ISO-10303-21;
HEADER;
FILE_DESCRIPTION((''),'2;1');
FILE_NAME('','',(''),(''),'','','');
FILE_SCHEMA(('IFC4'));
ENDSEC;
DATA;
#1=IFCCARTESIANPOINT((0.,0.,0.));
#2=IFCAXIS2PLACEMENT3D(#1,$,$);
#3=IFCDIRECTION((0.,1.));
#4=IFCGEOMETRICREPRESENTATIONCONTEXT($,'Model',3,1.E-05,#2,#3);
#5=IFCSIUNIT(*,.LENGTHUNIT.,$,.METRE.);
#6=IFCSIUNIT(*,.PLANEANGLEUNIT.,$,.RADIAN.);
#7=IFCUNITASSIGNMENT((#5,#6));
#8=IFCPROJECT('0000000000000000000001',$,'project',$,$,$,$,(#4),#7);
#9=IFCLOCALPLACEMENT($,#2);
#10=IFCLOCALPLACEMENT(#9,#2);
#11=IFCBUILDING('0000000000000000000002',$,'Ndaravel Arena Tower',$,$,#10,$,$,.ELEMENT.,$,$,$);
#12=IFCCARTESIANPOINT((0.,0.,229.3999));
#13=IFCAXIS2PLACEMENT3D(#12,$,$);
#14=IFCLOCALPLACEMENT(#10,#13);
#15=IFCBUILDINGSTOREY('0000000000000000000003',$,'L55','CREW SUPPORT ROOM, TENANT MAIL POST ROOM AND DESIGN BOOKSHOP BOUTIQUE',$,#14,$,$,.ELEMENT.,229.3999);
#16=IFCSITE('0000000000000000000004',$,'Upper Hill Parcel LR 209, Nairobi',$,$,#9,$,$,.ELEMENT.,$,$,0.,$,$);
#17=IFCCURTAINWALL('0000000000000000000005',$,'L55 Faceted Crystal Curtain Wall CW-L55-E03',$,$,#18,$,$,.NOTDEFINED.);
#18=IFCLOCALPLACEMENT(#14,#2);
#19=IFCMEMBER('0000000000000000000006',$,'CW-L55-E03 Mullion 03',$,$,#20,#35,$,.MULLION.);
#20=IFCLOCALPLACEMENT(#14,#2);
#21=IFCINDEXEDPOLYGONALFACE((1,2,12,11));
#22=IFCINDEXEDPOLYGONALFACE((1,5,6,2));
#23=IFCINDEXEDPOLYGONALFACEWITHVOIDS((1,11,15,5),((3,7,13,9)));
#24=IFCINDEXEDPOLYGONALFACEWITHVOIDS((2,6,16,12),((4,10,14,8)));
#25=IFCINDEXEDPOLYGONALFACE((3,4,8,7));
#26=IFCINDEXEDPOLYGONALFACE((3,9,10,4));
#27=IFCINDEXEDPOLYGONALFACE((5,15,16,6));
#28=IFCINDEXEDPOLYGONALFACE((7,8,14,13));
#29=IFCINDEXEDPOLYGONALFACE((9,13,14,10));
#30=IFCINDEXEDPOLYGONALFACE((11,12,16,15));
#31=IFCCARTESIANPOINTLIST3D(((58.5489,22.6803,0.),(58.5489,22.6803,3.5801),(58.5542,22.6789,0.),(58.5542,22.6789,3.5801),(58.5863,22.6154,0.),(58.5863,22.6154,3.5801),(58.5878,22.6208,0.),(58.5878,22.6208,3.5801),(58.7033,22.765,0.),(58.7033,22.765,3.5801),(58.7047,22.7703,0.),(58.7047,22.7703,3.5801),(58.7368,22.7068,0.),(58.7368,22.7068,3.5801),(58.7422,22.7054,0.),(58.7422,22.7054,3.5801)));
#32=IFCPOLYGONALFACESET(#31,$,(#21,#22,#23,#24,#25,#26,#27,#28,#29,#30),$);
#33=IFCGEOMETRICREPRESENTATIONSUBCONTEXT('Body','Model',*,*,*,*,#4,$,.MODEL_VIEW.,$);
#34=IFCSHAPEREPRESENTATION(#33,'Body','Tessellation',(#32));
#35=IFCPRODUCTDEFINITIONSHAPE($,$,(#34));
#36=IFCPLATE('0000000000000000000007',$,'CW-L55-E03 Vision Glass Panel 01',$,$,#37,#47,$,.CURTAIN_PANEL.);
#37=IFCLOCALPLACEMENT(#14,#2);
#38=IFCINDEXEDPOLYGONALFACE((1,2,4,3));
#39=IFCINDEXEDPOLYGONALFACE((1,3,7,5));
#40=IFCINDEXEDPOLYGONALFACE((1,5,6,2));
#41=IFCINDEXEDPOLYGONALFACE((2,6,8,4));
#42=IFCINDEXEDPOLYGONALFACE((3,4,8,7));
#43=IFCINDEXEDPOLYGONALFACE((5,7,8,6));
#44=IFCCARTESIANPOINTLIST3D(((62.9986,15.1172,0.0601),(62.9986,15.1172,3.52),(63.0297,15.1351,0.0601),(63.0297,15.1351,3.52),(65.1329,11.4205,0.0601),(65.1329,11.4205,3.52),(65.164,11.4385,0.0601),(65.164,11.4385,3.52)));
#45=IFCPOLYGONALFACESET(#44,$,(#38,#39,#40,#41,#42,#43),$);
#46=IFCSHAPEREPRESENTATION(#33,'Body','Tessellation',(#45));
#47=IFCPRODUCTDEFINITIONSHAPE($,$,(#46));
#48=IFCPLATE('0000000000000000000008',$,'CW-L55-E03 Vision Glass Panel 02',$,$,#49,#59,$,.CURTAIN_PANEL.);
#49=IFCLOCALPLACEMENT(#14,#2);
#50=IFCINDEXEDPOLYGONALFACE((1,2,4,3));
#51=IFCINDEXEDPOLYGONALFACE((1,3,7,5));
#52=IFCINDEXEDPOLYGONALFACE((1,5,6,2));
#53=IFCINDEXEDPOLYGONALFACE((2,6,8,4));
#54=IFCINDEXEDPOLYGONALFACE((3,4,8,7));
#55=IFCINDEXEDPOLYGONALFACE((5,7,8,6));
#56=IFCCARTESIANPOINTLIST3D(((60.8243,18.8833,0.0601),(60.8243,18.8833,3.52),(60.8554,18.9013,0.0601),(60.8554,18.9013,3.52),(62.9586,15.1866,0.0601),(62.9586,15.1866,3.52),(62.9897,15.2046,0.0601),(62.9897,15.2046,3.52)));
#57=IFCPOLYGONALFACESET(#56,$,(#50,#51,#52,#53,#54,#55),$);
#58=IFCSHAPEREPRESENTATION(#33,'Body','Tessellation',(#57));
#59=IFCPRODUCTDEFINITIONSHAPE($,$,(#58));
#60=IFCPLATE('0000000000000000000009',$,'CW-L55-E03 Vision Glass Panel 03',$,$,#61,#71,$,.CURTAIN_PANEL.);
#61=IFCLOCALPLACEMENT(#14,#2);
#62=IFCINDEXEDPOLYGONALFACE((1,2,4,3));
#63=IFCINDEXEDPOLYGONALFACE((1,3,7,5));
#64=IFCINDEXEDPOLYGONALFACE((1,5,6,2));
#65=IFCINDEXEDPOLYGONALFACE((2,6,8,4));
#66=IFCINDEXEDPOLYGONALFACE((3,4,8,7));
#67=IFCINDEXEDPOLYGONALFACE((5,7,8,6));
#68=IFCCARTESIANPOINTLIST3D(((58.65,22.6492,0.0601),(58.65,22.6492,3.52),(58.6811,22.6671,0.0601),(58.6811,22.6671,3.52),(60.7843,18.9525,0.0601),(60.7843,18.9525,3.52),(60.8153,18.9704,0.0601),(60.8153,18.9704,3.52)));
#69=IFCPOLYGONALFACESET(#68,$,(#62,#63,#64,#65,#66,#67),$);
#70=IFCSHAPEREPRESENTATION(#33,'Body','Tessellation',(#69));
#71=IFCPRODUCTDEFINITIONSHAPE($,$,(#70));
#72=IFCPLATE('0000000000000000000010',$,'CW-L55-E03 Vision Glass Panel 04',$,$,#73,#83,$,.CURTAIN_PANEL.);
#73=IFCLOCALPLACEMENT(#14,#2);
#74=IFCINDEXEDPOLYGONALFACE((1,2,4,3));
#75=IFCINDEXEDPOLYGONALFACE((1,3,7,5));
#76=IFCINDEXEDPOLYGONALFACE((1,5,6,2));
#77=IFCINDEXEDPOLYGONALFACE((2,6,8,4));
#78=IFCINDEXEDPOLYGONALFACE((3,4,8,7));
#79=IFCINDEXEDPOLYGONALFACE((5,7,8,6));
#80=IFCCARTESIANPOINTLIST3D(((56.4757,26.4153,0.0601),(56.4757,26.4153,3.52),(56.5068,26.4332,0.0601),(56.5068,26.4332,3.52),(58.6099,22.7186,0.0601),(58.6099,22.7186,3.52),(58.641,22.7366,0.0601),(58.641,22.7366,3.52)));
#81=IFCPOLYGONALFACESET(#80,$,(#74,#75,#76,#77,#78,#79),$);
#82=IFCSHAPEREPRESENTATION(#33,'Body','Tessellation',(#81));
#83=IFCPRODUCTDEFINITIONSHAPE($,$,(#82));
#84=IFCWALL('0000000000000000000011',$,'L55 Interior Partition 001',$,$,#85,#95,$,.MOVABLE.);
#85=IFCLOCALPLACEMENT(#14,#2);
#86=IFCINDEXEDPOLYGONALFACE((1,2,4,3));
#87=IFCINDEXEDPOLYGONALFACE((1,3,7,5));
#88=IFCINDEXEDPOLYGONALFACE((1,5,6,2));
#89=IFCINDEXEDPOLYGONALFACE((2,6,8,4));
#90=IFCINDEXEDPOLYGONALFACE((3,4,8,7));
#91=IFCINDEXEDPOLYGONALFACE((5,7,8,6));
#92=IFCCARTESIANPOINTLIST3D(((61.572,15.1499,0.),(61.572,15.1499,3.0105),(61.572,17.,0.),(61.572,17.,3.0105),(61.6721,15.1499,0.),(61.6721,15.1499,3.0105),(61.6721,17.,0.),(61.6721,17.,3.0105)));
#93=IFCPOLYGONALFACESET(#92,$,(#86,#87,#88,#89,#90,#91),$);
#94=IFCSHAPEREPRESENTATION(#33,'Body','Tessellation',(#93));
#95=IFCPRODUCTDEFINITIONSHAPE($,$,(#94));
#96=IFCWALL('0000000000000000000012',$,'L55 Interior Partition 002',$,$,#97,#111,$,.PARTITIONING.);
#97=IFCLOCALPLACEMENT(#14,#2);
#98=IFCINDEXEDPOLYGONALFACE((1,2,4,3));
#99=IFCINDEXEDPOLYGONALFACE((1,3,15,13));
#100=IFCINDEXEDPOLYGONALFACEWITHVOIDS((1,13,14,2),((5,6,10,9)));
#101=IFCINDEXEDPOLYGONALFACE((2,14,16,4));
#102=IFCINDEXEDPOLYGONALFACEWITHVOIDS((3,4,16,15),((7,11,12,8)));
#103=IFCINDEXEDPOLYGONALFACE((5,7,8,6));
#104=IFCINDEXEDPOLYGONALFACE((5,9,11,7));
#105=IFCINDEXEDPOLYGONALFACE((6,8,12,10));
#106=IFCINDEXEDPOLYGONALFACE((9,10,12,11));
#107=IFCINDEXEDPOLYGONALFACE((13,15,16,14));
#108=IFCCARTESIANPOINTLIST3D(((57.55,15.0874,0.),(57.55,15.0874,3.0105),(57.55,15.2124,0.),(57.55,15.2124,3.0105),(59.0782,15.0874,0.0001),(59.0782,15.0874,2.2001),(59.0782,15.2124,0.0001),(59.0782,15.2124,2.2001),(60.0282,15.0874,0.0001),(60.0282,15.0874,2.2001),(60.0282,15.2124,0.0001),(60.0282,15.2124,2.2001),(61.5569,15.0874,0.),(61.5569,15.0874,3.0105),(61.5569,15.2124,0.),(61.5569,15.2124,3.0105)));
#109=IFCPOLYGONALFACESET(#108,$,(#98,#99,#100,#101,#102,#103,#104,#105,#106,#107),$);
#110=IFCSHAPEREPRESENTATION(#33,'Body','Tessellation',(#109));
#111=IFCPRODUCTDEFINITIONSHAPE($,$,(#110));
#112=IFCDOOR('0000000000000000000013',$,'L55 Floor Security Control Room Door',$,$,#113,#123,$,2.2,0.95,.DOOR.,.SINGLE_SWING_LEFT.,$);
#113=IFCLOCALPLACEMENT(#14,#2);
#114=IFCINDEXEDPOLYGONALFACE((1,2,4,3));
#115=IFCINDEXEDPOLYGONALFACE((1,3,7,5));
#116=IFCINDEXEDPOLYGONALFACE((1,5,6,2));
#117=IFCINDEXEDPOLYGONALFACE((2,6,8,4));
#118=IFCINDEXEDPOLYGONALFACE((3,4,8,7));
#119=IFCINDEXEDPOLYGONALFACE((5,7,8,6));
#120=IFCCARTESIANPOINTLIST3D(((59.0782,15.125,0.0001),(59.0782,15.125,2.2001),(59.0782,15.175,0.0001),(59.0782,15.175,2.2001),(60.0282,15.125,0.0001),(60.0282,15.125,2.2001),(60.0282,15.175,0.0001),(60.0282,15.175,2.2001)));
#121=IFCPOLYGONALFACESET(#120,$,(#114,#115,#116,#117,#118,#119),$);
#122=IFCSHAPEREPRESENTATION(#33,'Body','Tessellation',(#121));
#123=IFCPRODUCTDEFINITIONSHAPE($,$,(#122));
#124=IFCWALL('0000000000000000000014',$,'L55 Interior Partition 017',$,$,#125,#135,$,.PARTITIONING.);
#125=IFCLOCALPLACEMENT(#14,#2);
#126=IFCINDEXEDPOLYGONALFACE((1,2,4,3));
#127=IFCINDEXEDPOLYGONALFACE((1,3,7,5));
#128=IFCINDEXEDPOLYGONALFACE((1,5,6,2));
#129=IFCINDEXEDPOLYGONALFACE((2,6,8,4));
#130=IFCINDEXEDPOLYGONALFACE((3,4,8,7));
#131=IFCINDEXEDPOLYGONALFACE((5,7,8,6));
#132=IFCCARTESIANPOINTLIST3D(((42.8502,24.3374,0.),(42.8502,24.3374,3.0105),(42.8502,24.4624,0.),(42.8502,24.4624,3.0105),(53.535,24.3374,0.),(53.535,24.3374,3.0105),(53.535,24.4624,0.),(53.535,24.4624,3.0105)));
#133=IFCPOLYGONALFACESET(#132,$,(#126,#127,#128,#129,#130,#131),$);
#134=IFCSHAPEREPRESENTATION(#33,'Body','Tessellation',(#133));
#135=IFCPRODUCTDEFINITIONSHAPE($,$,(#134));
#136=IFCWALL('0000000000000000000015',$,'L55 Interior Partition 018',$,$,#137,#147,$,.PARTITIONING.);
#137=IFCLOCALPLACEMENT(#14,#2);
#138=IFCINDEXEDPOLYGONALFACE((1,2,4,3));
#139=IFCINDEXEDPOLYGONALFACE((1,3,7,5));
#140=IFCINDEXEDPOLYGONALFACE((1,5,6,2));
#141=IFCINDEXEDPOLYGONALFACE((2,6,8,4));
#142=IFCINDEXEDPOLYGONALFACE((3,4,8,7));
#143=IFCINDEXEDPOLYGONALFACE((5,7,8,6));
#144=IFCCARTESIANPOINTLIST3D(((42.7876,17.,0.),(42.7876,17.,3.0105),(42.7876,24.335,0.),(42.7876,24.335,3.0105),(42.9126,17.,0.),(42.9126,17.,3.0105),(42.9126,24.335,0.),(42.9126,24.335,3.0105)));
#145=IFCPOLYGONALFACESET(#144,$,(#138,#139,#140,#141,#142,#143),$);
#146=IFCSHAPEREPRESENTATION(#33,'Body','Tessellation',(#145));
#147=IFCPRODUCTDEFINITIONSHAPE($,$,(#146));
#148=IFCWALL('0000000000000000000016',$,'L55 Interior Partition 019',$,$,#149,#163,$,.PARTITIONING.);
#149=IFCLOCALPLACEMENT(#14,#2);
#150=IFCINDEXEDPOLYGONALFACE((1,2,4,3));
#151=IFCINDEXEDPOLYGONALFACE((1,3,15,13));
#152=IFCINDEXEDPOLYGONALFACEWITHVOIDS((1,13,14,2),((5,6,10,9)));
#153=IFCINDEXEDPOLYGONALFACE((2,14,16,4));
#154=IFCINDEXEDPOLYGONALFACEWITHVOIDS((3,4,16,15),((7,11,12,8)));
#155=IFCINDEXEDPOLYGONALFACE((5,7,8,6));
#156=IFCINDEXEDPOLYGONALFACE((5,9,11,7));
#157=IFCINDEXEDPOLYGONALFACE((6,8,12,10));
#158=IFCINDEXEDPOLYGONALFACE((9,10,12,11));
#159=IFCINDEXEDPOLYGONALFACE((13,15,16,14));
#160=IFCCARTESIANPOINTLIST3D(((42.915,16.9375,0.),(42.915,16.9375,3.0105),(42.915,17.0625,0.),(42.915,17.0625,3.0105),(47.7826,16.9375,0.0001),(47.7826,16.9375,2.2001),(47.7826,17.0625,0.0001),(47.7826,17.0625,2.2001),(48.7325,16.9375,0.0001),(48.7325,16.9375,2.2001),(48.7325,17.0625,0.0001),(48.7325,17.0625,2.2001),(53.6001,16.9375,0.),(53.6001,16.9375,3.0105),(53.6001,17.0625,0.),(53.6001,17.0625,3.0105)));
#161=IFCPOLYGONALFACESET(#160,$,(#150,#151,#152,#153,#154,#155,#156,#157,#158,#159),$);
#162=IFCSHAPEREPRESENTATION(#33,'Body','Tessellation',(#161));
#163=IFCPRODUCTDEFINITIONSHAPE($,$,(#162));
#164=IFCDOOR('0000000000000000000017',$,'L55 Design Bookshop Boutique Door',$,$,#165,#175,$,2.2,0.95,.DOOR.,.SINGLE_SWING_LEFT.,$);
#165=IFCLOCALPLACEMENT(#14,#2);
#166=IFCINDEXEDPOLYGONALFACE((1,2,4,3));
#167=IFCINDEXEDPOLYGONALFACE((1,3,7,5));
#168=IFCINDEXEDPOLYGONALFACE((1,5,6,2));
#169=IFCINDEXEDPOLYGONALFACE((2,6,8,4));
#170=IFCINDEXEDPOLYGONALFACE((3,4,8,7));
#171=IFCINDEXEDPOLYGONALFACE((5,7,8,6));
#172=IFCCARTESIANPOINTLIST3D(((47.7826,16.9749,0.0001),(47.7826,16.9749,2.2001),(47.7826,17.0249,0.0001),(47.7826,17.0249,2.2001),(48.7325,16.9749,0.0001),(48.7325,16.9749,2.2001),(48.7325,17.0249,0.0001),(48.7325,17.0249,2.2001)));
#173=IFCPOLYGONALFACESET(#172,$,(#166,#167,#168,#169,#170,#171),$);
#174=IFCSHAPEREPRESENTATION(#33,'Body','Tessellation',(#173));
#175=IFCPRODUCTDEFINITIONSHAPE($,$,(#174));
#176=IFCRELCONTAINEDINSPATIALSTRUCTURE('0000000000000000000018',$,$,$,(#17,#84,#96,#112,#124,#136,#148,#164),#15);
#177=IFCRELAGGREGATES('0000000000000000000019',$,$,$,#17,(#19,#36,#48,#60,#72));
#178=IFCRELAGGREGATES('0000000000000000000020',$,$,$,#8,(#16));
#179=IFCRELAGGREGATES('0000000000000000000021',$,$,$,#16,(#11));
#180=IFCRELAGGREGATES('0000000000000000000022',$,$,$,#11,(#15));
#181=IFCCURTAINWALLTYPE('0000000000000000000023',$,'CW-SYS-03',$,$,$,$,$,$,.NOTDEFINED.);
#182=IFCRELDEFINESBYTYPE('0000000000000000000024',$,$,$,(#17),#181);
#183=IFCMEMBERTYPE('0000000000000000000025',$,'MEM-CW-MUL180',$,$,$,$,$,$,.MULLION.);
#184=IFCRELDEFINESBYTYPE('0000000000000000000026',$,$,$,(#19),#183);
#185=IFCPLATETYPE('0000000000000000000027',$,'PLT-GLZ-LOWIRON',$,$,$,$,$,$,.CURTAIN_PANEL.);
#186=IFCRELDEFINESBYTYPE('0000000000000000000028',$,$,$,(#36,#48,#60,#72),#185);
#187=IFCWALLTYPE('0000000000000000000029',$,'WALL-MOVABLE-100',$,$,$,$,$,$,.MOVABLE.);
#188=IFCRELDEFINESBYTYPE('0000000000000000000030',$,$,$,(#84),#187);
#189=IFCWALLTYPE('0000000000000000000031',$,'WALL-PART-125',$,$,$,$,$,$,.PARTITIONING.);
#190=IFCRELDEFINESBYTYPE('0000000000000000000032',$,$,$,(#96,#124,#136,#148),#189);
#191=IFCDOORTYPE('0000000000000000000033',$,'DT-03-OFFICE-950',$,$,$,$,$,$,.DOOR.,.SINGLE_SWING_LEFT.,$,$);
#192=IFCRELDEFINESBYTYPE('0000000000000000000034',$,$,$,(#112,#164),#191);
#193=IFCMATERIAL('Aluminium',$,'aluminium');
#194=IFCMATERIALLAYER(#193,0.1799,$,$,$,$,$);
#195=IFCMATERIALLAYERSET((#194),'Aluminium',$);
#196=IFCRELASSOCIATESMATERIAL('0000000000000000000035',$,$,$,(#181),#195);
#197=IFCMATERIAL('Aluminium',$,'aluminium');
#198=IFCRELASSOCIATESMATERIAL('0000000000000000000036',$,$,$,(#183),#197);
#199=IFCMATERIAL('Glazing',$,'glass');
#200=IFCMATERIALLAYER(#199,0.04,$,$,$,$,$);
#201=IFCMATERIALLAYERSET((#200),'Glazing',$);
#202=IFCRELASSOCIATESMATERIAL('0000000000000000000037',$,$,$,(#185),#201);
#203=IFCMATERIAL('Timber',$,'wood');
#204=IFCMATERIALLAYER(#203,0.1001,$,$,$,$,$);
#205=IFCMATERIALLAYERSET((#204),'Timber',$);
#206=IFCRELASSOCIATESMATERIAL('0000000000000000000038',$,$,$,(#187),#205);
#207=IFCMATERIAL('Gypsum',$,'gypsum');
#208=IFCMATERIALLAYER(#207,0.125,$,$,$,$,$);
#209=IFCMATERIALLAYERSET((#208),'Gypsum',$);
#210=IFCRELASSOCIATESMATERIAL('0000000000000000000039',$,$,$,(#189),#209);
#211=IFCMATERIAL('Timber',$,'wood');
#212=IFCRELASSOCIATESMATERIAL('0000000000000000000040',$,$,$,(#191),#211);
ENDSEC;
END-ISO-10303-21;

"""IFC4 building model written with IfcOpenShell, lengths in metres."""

from ifc_helpers import new_model, si_unit, direction, frame, frame_2d, origin, origin_2d, place, context, subcontext, project, spatial, rectangle, hollow_rectangle, extrude, material, layer, layer_set, material_profile, profile_set, type_object, element, fill, aggregate, save


model = new_model("IFC4")

# Units and contexts
model_context = context("Model", 3, precision=1e-05, world=origin(), true_north=direction((0.0, 1.0)))
body_context = subcontext(model_context, "Body", "Model", "MODEL_VIEW")
ifc_project = project(units=[si_unit("LENGTHUNIT", "METRE"), si_unit("PLANEANGLEUNIT", "RADIAN")], contexts=[model_context])

# Site, building, storey
site_placement = place(None, origin())
site = spatial("IfcSite", under=ifc_project, at=site_placement, Name="Upper Hill Parcel LR 209, Nairobi", CompositionType="ELEMENT", RefElevation=0.0)
building_placement = place(site_placement, origin())
building = spatial("IfcBuilding", under=site, at=building_placement, Name="Ndaravel Arena Tower", CompositionType="ELEMENT")
storey_placement = place(building_placement, frame((0.0, 0.0, 229.3999)))
storey = spatial("IfcBuildingStorey", under=building, at=storey_placement, Name="L55", Description="CREW SUPPORT ROOM, TENANT MAIL POST ROOM AND DESIGN BOOKSHOP BOUTIQUE", CompositionType="ELEMENT", Elevation=229.3999)

# Curtain wall, member, plates
ifc_material_1 = material(Name="Aluminium", Category="aluminium")
ifc_layer_1 = layer(ifc_material_1, 0.1799)
ifc_layer_set_1 = layer_set([ifc_layer_1], Name="Aluminium")
curtain_wall_type = type_object("IfcCurtainWallType", Name="CW-SYS-03", PredefinedType="NOTDEFINED", material=ifc_layer_set_1)
curtain_wall_placement = place(storey_placement, origin())
curtain_wall = element("IfcCurtainWall", 1, at=curtain_wall_placement, inside=storey, type_object=curtain_wall_type, Name="L55 Faceted Crystal Curtain Wall CW-L55-E03", PredefinedType="NOTDEFINED")
ifc_material_2 = material(Name="Aluminium", Category="aluminium")
ifc_material_profile_1 = material_profile(ifc_material_2, hollow_rectangle(XDim=0.075, YDim=0.1799, WallThickness=0.0039, at=origin_2d()), Name="CW MULLION 75x180x4")
ifc_profile_set_1 = profile_set([ifc_material_profile_1], Name="Aluminium")
member_type = type_object("IfcMemberType", Name="MEM-CW-MUL180", PredefinedType="MULLION", material=ifc_profile_set_1)
member_1_placement = place(storey_placement, frame((58.6455, 22.6929, 0.0), z_axis=(0.0, 0.0, 1.0), x_axis=(-0.5, 0.866025, 0.0)))
member_1 = element("IfcMember", 2, at=member_1_placement, type_object=member_type, Name="CW-L55-E03 Mullion 03", PredefinedType="MULLION", context=body_context, shape_type="SweptSolid", body=[
    extrude(hollow_rectangle(XDim=0.075, YDim=0.1799, WallThickness=0.0039, at=origin_2d()), origin(), (0.0, 0.0, 1.0), 3.5801),
])
ifc_material_3 = material(Name="Glazing", Category="glass")
ifc_layer_2 = layer(ifc_material_3, 0.04)
ifc_layer_set_2 = layer_set([ifc_layer_2], Name="Glazing")
plate_type = type_object("IfcPlateType", Name="PLT-GLZ-LOWIRON", PredefinedType="CURTAIN_PANEL", material=ifc_layer_set_2)
plate_1_placement = place(storey_placement, frame((64.0813, 13.2778, 0.0601), z_axis=(0.0, 0.0, 1.0), x_axis=(-0.5, 0.866025, 0.0)))
plate_1 = element("IfcPlate", 3, at=plate_1_placement, type_object=plate_type, Name="CW-L55-E03 Vision Glass Panel 01", PredefinedType="CURTAIN_PANEL", context=body_context, shape_type="SweptSolid", body=[
    extrude(rectangle(XDim=4.2686, YDim=0.0359, at=origin_2d()), origin(), (0.0, 0.0, 1.0), 3.46),
])
plate_2_placement = place(storey_placement, frame((61.907, 17.0439, 0.0601), z_axis=(0.0, 0.0, 1.0), x_axis=(-0.5, 0.866025, 0.0)))
plate_2 = element("IfcPlate", 4, at=plate_2_placement, type_object=plate_type, Name="CW-L55-E03 Vision Glass Panel 02", PredefinedType="CURTAIN_PANEL", context=body_context, shape_type="SweptSolid", body=[
    extrude(rectangle(XDim=4.2686, YDim=0.0359, at=origin_2d()), origin(), (0.0, 0.0, 1.0), 3.46),
])
plate_3_placement = place(storey_placement, frame((59.7327, 20.8098, 0.0601), z_axis=(0.0, 0.0, 1.0), x_axis=(-0.5, 0.866025, 0.0)))
plate_3 = element("IfcPlate", 5, at=plate_3_placement, type_object=plate_type, Name="CW-L55-E03 Vision Glass Panel 03", PredefinedType="CURTAIN_PANEL", context=body_context, shape_type="SweptSolid", body=[
    extrude(rectangle(XDim=4.2686, YDim=0.0359, at=origin_2d()), origin(), (0.0, 0.0, 1.0), 3.46),
])
plate_4_placement = place(storey_placement, frame((57.5583, 24.5759, 0.0601), z_axis=(0.0, 0.0, 1.0), x_axis=(-0.5, 0.866025, 0.0)))
plate_4 = element("IfcPlate", 6, at=plate_4_placement, type_object=plate_type, Name="CW-L55-E03 Vision Glass Panel 04", PredefinedType="CURTAIN_PANEL", context=body_context, shape_type="SweptSolid", body=[
    extrude(rectangle(XDim=4.2686, YDim=0.0359, at=origin_2d()), origin(), (0.0, 0.0, 1.0), 3.46),
])
aggregate(curtain_wall, [member_1, plate_1, plate_2, plate_3, plate_4])

# Wall
ifc_material_4 = material(Name="Timber", Category="wood")
ifc_layer_3 = layer(ifc_material_4, 0.1001)
ifc_layer_set_3 = layer_set([ifc_layer_3], Name="Timber")
wall_type_1 = type_object("IfcWallType", Name="WALL-MOVABLE-100", PredefinedType="MOVABLE", material=ifc_layer_set_3)
wall_1_placement = place(storey_placement, frame((61.6221, 17.0, 0.0), z_axis=(0.0, 0.0, 1.0), x_axis=(0.0, -1.0, 0.0)))
element("IfcWall", 7, at=wall_1_placement, inside=storey, type_object=wall_type_1, Name="L55 Interior Partition 001", PredefinedType="MOVABLE", context=body_context, shape_type="SweptSolid", body=[
    extrude(rectangle(XDim=1.8501, YDim=0.1001, at=frame_2d((0.925, 0.0))), origin(), (0.0, 0.0, 1.0), 3.0105),
])

# Wall, opening, door
ifc_material_5 = material(Name="Gypsum", Category="gypsum")
ifc_layer_4 = layer(ifc_material_5, 0.125)
ifc_layer_set_4 = layer_set([ifc_layer_4], Name="Gypsum")
wall_type_2 = type_object("IfcWallType", Name="WALL-PART-125", PredefinedType="PARTITIONING", material=ifc_layer_set_4)
wall_2_placement = place(storey_placement, frame((61.5569, 15.1499, 0.0), z_axis=(0.0, 0.0, 1.0), x_axis=(-1.0, 0.0, 0.0)))
wall_2 = element("IfcWall", 8, at=wall_2_placement, inside=storey, type_object=wall_type_2, Name="L55 Interior Partition 002", PredefinedType="PARTITIONING", context=body_context, shape_type="SweptSolid", body=[
    extrude(rectangle(XDim=4.0068, YDim=0.125, at=frame_2d((2.0034, 0.0))), origin(), (0.0, 0.0, 1.0), 3.0105),
])
opening_1_placement = place(wall_2_placement, frame((1.5286, 0.0, 0.0)))
opening_1 = element("IfcOpeningElement", 9, at=opening_1_placement, cuts=wall_2, PredefinedType="OPENING", context=body_context, shape_type="SweptSolid", body=[
    extrude(rectangle(XDim=0.95, YDim=2.2, at=frame_2d((0.4751, 1.1001))), frame((0.0, 0.0625, 0.0), z_axis=(0.0, -1.0, 0.0), x_axis=(1.0, 0.0, 0.0)), (0.0, 0.0, 1.0), 0.125),
])
ifc_material_6 = material(Name="Timber", Category="wood")
door_type = type_object("IfcDoorType", Name="DT-03-OFFICE-950", OperationType="SINGLE_SWING_LEFT", PredefinedType="DOOR", material=ifc_material_6)
door_1_placement = place(opening_1_placement, origin())
door_1 = element("IfcDoor", 10, at=door_1_placement, inside=storey, type_object=door_type, Name="L55 Floor Security Control Room Door", OperationType="SINGLE_SWING_LEFT", OverallHeight=2.2, OverallWidth=0.95, PredefinedType="DOOR", context=body_context, shape_type="SweptSolid", body=[
    extrude(rectangle(XDim=0.95, YDim=2.2, at=frame_2d((0.4751, 1.1001))), frame((0.0, 0.0249, 0.0), z_axis=(0.0, -1.0, 0.0), x_axis=(1.0, 0.0, 0.0)), (0.0, 0.0, 1.0), 0.05),
])
fill(opening_1, door_1)

# Walls
wall_3_placement = place(storey_placement, frame((53.5349, 24.3999, 0.0), z_axis=(0.0, 0.0, 1.0), x_axis=(-1.0, 0.0, 0.0)))
element("IfcWall", 11, at=wall_3_placement, inside=storey, type_object=wall_type_2, Name="L55 Interior Partition 017", PredefinedType="PARTITIONING", context=body_context, shape_type="SweptSolid", body=[
    extrude(rectangle(XDim=10.6848, YDim=0.125, at=frame_2d((5.3423, 0.0))), origin(), (0.0, 0.0, 1.0), 3.0105),
])
wall_4_placement = place(storey_placement, frame((42.8501, 24.335, 0.0), z_axis=(0.0, 0.0, 1.0), x_axis=(0.0, -1.0, 0.0)))
element("IfcWall", 12, at=wall_4_placement, inside=storey, type_object=wall_type_2, Name="L55 Interior Partition 018", PredefinedType="PARTITIONING", context=body_context, shape_type="SweptSolid", body=[
    extrude(rectangle(XDim=7.335, YDim=0.125, at=frame_2d((3.6675, 0.0))), origin(), (0.0, 0.0, 1.0), 3.0105),
])

# Wall, opening, door
wall_5_placement = place(storey_placement, frame((42.915, 17.0, 0.0), z_axis=(0.0, 0.0, 1.0), x_axis=(1.0, 0.0, 0.0)))
wall_5 = element("IfcWall", 13, at=wall_5_placement, inside=storey, type_object=wall_type_2, Name="L55 Interior Partition 019", PredefinedType="PARTITIONING", context=body_context, shape_type="SweptSolid", body=[
    extrude(rectangle(XDim=10.6851, YDim=0.125, at=frame_2d((5.3425, 0.0))), origin(), (0.0, 0.0, 1.0), 3.0105),
])
opening_2_placement = place(wall_5_placement, frame((4.8674, 0.0, 0.0)))
opening_2 = element("IfcOpeningElement", 14, at=opening_2_placement, cuts=wall_5, PredefinedType="OPENING", context=body_context, shape_type="SweptSolid", body=[
    extrude(rectangle(XDim=0.95, YDim=2.2, at=frame_2d((0.4751, 1.1001))), frame((0.0, 0.0625, 0.0), z_axis=(0.0, -1.0, 0.0), x_axis=(1.0, 0.0, 0.0)), (0.0, 0.0, 1.0), 0.125),
])
door_2_placement = place(opening_2_placement, origin())
door_2 = element("IfcDoor", 15, at=door_2_placement, inside=storey, type_object=door_type, Name="L55 Design Bookshop Boutique Door", OperationType="SINGLE_SWING_LEFT", OverallHeight=2.2, OverallWidth=0.95, PredefinedType="DOOR", context=body_context, shape_type="SweptSolid", body=[
    extrude(rectangle(XDim=0.95, YDim=2.2, at=frame_2d((0.4751, 1.1001))), frame((0.0, 0.0249, 0.0), z_axis=(0.0, -1.0, 0.0), x_axis=(1.0, 0.0, 0.0)), (0.0, 0.0, 1.0), 0.05),
])
fill(opening_2, door_2)

save(model, "model.ifc")
